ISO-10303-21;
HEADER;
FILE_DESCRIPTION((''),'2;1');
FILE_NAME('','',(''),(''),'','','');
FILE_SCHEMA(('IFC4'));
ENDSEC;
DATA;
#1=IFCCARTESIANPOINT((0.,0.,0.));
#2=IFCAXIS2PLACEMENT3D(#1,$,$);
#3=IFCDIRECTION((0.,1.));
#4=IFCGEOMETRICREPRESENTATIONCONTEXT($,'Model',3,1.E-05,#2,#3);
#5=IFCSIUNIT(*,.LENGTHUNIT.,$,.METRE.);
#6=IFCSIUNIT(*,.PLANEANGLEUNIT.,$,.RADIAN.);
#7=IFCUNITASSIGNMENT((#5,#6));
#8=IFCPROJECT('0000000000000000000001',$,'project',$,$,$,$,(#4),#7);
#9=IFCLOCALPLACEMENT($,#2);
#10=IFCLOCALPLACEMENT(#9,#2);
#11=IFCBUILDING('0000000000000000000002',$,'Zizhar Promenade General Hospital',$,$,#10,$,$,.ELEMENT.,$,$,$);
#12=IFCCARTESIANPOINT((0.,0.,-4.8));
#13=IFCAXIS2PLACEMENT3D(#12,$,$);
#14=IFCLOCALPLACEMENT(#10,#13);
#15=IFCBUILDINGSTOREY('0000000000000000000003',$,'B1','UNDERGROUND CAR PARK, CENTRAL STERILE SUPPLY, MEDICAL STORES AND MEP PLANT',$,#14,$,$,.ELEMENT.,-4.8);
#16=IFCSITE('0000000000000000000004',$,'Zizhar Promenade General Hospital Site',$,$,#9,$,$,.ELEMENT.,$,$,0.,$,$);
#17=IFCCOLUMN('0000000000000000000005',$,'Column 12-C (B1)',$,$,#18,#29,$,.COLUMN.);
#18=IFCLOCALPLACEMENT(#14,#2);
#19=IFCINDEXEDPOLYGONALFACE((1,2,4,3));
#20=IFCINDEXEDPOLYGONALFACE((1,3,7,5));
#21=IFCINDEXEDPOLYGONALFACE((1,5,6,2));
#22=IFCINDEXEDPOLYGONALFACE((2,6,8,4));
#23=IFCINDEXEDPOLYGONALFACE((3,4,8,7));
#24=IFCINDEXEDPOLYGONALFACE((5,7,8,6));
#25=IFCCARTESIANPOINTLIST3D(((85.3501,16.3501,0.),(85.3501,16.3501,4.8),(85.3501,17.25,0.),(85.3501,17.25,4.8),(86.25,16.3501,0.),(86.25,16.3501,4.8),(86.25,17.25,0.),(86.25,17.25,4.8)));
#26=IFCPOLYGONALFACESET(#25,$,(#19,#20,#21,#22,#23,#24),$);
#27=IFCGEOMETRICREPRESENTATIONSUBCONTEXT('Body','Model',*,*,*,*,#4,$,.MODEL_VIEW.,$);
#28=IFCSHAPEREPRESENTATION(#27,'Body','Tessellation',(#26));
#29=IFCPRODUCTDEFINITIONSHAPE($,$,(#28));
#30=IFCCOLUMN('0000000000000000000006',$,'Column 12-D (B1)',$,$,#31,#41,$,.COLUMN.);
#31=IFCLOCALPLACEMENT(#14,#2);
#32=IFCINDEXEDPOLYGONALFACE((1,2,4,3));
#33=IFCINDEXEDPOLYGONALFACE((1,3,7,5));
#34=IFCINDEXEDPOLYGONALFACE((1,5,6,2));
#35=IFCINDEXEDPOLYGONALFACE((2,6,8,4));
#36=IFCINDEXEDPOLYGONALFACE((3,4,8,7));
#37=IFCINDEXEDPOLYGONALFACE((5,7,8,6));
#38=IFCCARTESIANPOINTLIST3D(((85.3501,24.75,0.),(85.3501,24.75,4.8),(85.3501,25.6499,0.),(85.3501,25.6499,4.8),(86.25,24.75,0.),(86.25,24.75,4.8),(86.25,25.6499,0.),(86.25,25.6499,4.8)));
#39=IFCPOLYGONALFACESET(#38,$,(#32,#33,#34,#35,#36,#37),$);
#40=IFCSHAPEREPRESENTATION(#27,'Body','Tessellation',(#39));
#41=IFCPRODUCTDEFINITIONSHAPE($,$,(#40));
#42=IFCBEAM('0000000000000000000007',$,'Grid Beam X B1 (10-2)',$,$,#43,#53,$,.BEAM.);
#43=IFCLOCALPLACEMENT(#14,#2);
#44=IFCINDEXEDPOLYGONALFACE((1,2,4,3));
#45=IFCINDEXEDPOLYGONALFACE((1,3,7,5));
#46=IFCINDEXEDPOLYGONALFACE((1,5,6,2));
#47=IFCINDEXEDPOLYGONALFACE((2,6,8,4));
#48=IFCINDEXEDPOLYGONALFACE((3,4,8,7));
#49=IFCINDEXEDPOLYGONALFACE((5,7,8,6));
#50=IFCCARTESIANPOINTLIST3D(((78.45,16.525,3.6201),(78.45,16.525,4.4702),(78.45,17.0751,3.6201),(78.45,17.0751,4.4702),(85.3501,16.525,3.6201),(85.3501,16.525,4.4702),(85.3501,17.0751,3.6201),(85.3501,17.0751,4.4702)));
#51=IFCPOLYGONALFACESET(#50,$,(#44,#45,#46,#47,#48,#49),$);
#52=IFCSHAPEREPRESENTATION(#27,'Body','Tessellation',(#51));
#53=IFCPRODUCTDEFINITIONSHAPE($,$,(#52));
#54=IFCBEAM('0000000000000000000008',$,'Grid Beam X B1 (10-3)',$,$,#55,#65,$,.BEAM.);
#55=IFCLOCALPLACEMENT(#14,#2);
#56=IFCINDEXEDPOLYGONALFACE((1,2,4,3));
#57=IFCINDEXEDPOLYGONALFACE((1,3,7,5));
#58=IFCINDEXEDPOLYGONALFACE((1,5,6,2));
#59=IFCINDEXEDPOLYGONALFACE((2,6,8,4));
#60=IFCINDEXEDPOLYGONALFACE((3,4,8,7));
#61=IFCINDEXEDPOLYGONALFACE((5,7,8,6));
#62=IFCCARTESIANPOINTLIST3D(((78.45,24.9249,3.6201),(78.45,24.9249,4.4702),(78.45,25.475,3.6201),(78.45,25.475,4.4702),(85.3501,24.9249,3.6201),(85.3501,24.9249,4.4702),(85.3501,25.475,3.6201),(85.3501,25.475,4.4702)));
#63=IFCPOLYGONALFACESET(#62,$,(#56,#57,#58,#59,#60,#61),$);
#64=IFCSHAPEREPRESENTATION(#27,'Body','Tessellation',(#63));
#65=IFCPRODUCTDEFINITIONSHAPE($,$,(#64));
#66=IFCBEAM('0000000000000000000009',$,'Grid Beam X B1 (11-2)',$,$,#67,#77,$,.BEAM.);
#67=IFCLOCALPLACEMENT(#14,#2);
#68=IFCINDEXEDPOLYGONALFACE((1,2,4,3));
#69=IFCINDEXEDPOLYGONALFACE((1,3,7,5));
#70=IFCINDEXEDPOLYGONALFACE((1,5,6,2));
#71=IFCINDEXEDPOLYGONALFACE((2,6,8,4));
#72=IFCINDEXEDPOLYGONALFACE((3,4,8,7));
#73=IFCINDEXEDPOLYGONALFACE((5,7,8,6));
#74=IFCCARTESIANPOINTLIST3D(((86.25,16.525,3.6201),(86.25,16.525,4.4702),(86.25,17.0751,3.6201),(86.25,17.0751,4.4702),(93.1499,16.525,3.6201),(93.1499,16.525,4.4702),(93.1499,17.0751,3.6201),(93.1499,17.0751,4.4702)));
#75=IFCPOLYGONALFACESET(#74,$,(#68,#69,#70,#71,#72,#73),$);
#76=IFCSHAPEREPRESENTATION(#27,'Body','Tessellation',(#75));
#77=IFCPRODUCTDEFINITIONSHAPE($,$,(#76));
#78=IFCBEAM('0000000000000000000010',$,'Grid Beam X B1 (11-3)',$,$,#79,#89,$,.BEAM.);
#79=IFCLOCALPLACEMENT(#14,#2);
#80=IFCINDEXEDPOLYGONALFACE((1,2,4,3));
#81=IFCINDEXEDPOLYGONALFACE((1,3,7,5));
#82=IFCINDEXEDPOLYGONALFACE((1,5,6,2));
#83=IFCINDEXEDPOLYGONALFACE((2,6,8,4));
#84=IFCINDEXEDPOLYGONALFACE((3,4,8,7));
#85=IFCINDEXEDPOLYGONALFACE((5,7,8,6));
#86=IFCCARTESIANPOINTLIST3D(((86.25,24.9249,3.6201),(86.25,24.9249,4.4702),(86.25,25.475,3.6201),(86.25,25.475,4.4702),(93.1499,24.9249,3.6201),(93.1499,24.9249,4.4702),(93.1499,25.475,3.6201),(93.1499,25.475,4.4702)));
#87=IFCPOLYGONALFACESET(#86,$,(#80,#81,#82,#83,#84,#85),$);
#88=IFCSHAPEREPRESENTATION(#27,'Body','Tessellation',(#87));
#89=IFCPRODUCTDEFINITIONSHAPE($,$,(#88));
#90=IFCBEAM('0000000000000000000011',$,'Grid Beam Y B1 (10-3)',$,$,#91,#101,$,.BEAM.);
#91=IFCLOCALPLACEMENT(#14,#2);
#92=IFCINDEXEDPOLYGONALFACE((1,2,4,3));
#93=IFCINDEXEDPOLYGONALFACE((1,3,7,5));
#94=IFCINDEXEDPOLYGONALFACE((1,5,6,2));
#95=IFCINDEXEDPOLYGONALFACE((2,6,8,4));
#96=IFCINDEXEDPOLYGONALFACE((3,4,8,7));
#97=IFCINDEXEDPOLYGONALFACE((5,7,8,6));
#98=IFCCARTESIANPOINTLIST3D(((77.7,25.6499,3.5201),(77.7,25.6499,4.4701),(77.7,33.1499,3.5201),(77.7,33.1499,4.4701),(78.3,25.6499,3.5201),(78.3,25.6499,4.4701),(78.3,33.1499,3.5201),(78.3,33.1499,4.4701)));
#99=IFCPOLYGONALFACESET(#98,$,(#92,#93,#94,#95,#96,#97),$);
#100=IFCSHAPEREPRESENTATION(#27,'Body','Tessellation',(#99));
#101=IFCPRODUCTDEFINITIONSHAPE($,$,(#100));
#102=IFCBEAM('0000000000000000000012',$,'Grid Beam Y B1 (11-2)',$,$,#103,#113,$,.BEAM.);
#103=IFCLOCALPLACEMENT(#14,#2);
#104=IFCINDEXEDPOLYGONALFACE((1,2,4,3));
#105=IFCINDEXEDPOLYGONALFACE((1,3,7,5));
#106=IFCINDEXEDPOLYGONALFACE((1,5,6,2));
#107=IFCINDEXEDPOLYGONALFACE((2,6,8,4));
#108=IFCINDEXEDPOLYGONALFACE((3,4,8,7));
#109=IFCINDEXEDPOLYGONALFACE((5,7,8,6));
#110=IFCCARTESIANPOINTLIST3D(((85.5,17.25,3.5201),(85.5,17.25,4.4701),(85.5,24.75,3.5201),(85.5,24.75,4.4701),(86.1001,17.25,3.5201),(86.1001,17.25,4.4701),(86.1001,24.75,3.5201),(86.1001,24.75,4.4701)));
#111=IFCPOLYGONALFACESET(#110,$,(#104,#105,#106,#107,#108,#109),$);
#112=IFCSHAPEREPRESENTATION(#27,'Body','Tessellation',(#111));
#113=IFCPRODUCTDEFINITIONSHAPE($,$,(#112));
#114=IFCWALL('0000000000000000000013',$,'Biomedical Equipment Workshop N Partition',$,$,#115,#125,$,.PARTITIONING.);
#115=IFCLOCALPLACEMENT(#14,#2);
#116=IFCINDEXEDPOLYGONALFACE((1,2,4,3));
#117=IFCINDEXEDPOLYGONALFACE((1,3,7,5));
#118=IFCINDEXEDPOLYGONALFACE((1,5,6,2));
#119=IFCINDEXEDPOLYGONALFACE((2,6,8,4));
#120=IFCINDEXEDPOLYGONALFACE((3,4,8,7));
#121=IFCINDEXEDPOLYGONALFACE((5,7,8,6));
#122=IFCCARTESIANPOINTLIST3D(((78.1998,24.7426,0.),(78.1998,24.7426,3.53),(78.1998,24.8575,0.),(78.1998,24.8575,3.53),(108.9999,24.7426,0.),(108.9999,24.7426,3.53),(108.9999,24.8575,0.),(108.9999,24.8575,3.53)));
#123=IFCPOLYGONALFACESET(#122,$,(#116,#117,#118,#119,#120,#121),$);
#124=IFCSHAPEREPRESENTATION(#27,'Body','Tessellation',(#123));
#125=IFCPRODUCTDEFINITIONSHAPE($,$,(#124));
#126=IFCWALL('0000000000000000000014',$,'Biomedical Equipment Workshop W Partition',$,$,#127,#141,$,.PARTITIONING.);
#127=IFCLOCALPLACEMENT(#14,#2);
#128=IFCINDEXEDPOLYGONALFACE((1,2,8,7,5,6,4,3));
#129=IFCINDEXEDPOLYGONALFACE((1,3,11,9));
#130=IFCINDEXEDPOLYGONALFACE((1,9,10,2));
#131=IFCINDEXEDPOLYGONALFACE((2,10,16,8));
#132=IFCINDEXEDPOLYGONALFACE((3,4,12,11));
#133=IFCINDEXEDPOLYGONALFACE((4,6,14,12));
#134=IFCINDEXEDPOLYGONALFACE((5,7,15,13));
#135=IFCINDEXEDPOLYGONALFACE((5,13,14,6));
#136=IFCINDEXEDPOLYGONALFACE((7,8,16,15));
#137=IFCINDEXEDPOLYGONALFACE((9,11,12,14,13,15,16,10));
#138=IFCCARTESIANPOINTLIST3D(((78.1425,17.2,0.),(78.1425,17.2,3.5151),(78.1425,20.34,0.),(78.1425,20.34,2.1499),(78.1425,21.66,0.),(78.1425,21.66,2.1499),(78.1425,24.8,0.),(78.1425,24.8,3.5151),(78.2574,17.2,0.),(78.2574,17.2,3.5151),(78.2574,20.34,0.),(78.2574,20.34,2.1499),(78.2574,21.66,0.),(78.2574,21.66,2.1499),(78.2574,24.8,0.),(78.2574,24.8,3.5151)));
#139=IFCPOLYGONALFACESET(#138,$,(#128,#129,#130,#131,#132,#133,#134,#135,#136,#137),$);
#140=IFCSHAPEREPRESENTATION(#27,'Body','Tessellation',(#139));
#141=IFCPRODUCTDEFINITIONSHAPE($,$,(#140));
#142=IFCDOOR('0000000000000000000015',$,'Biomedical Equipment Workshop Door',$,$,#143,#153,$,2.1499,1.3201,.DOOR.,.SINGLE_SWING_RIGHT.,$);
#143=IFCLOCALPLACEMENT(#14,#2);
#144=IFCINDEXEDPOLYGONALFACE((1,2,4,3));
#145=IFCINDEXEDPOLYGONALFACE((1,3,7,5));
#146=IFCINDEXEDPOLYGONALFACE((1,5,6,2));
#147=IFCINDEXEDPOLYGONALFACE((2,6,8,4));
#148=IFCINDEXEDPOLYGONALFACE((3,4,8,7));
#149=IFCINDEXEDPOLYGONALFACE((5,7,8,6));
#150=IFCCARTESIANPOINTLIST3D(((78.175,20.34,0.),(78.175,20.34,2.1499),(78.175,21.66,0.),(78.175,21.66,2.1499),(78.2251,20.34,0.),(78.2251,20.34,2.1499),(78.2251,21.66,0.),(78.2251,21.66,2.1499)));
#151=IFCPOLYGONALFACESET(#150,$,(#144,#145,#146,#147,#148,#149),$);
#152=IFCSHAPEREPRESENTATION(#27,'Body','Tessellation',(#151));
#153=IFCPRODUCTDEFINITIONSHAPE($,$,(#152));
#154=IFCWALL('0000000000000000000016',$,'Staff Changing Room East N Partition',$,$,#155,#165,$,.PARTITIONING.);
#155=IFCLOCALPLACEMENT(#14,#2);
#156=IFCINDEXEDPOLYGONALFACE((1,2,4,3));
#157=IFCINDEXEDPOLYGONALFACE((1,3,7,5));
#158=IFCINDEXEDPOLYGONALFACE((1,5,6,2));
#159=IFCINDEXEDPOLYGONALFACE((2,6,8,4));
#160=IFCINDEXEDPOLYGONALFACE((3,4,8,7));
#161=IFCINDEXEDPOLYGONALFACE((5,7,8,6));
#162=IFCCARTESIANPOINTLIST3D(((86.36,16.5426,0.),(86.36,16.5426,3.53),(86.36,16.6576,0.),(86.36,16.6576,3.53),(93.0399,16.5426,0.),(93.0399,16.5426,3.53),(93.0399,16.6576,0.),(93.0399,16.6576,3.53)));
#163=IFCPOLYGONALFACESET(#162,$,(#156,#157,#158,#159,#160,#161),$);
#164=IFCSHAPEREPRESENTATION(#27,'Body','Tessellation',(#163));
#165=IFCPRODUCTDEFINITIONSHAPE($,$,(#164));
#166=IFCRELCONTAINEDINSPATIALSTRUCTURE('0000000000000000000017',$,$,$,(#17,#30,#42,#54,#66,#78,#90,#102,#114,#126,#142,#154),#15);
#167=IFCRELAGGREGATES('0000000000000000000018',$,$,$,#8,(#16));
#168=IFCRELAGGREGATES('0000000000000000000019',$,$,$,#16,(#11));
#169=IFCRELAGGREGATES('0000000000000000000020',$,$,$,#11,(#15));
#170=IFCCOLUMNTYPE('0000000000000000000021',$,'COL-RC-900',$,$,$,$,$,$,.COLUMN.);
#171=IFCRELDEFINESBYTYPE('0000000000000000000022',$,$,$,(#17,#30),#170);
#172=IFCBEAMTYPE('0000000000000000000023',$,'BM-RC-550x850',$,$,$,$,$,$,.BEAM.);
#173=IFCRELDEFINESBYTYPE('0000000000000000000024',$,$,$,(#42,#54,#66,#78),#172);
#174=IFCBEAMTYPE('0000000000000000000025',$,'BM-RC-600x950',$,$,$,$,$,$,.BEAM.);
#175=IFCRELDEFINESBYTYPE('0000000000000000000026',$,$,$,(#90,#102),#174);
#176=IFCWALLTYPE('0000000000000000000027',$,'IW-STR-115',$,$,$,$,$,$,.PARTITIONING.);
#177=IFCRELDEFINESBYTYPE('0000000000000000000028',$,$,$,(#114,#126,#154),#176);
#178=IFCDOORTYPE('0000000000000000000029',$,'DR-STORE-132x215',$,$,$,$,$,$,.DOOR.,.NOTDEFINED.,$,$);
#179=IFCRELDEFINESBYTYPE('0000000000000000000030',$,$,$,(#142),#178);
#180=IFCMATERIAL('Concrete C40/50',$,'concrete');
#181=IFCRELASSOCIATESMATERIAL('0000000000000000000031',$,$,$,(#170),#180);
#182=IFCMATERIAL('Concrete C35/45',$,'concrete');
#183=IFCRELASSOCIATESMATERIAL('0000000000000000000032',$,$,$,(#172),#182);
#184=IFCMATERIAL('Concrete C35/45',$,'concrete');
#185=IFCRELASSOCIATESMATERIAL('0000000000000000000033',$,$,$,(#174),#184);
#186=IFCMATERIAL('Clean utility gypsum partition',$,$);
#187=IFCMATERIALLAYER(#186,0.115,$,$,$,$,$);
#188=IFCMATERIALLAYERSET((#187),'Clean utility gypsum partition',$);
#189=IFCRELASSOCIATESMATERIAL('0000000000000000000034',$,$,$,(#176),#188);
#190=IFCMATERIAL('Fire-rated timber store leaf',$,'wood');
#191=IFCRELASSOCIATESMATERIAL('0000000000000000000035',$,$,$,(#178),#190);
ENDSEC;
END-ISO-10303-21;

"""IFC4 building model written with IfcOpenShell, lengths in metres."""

from ifc_helpers import new_model, si_unit, direction, frame, frame_2d, origin, origin_2d, place, context, subcontext, project, spatial, rectangle, extrude, material, layer, layer_set, material_profile, profile_set, type_object, element, fill, save


model = new_model("IFC4")

# Units and contexts
model_context = context("Model", 3, precision=1e-05, world=origin(), true_north=direction((0.0, 1.0)))
body_context = subcontext(model_context, "Body", "Model", "MODEL_VIEW")
ifc_project = project(units=[si_unit("LENGTHUNIT", "METRE"), si_unit("PLANEANGLEUNIT", "RADIAN")], contexts=[model_context])

# Site, building, storey
site_placement = place(None, origin())
site = spatial("IfcSite", under=ifc_project, at=site_placement, Name="Zizhar Promenade General Hospital Site", CompositionType="ELEMENT", RefElevation=0.0)
building_placement = place(site_placement, origin())
building = spatial("IfcBuilding", under=site, at=building_placement, Name="Zizhar Promenade General Hospital", CompositionType="ELEMENT")
storey_placement = place(building_placement, frame((0.0, 0.0, -4.8)))
storey = spatial("IfcBuildingStorey", under=building, at=storey_placement, Name="B1", Description="UNDERGROUND CAR PARK, CENTRAL STERILE SUPPLY, MEDICAL STORES AND MEP PLANT", CompositionType="ELEMENT", Elevation=-4.8)

# Columns
ifc_material_1 = material(Name="Concrete C40/50", Category="concrete")
ifc_material_profile_1 = material_profile(ifc_material_1, rectangle(XDim=0.8999, YDim=0.8999, at=origin_2d()))
ifc_profile_set_1 = profile_set([ifc_material_profile_1], Name="Concrete C40/50")
column_type = type_object("IfcColumnType", Name="COL-RC-900", PredefinedType="COLUMN", material=ifc_profile_set_1)
for number, where, z_axis, x_axis, name in (
    (1, (85.8, 16.8, 0.0), (0.0, 0.0, 1.0), (1.0, 0.0, 0.0), "Column 12-C (B1)"),
    (2, (85.8, 25.2, 0.0), (0.0, 0.0, 1.0), (1.0, 0.0, 0.0), "Column 12-D (B1)"),
):
    element("IfcColumn", number, at=place(storey_placement, frame(where, z_axis=z_axis, x_axis=x_axis)), inside=storey, type_object=column_type, Name=name, PredefinedType="COLUMN", context=body_context, shape_type="SweptSolid", body=[
        extrude(rectangle(XDim=0.8999, YDim=0.8999, at=origin_2d()), origin(), (0.0, 0.0, 1.0), 4.8),
    ])

# Beams
ifc_material_2 = material(Name="Concrete C35/45", Category="concrete")
ifc_material_profile_2 = material_profile(ifc_material_2, rectangle(XDim=0.55, YDim=0.8501, at=origin_2d()))
ifc_profile_set_2 = profile_set([ifc_material_profile_2], Name="Concrete C35/45")
beam_type_1 = type_object("IfcBeamType", Name="BM-RC-550x850", PredefinedType="BEAM", material=ifc_profile_set_2)
for number, where, z_axis, x_axis, name in (
    (3, (78.45, 16.8, 4.0452), (1.0, 0.0, 0.0), (0.0, 1.0, 0.0), "Grid Beam X B1 (10-2)"),
    (4, (78.45, 25.2, 4.0452), (1.0, 0.0, 0.0), (0.0, 1.0, 0.0), "Grid Beam X B1 (10-3)"),
):
    element("IfcBeam", number, at=place(storey_placement, frame(where, z_axis=z_axis, x_axis=x_axis)), inside=storey, type_object=beam_type_1, Name=name, PredefinedType="BEAM", context=body_context, shape_type="SweptSolid", body=[
        extrude(rectangle(XDim=0.55, YDim=0.8501, at=origin_2d()), origin(), (0.0, 0.0, 1.0), 6.9001),
    ])
for number, where, z_axis, x_axis, name in (
    (5, (86.25, 16.8, 4.0452), (1.0, 0.0, 0.0), (0.0, 1.0, 0.0), "Grid Beam X B1 (11-2)"),
    (6, (86.25, 25.2, 4.0452), (1.0, 0.0, 0.0), (0.0, 1.0, 0.0), "Grid Beam X B1 (11-3)"),
):
    element("IfcBeam", number, at=place(storey_placement, frame(where, z_axis=z_axis, x_axis=x_axis)), inside=storey, type_object=beam_type_1, Name=name, PredefinedType="BEAM", context=body_context, shape_type="SweptSolid", body=[
        extrude(rectangle(XDim=0.55, YDim=0.8501, at=origin_2d()), origin(), (0.0, 0.0, 1.0), 6.8999),
    ])
ifc_material_3 = material(Name="Concrete C35/45", Category="concrete")
ifc_material_profile_3 = material_profile(ifc_material_3, rectangle(XDim=0.6001, YDim=0.95, at=origin_2d()))
ifc_profile_set_3 = profile_set([ifc_material_profile_3], Name="Concrete C35/45")
beam_type_2 = type_object("IfcBeamType", Name="BM-RC-600x950", PredefinedType="BEAM", material=ifc_profile_set_3)
for number, where, z_axis, x_axis, name in (
    (7, (78.0, 25.6499, 3.9951), (0.0, 1.0, 0.0), (-1.0, 0.0, 0.0), "Grid Beam Y B1 (10-3)"),
    (8, (85.8, 17.25, 3.9951), (0.0, 1.0, 0.0), (-1.0, 0.0, 0.0), "Grid Beam Y B1 (11-2)"),
):
    element("IfcBeam", number, at=place(storey_placement, frame(where, z_axis=z_axis, x_axis=x_axis)), inside=storey, type_object=beam_type_2, Name=name, PredefinedType="BEAM", context=body_context, shape_type="SweptSolid", body=[
        extrude(rectangle(XDim=0.6001, YDim=0.95, at=origin_2d()), origin(), (0.0, 0.0, 1.0), 7.5),
    ])

# Wall
ifc_material_4 = material(Name="Clean utility gypsum partition")
ifc_layer = layer(ifc_material_4, 0.115)
ifc_layer_set = layer_set([ifc_layer], Name="Clean utility gypsum partition")
wall_type = type_object("IfcWallType", Name="IW-STR-115", PredefinedType="PARTITIONING", material=ifc_layer_set)
wall_1_placement = place(storey_placement, frame((78.2, 24.8, 0.0), z_axis=(0.0, 0.0, 1.0), x_axis=(1.0, 0.0, 0.0)))
element("IfcWall", 9, at=wall_1_placement, inside=storey, type_object=wall_type, Name="Biomedical Equipment Workshop N Partition", PredefinedType="PARTITIONING", context=body_context, shape_type="SweptSolid", body=[
    extrude(rectangle(XDim=30.8, YDim=0.115, at=frame_2d((15.3999, 0.0))), origin(), (0.0, 0.0, 1.0), 3.53),
])

# Wall, opening, door
wall_2_placement = place(storey_placement, frame((78.2, 17.2, 0.0), z_axis=(0.0, 0.0, 1.0), x_axis=(0.0, 1.0, 0.0)))
wall_2 = element("IfcWall", 10, at=wall_2_placement, inside=storey, type_object=wall_type, Name="Biomedical Equipment Workshop W Partition", PredefinedType="PARTITIONING", context=body_context, shape_type="SweptSolid", body=[
    extrude(rectangle(XDim=7.6001, YDim=0.115, at=frame_2d((3.8, 0.0))), origin(), (0.0, 0.0, 1.0), 3.5151),
])
opening_placement = place(wall_2_placement, frame((3.1399, 0.0, 0.0)))
opening = element("IfcOpeningElement", 11, at=opening_placement, cuts=wall_2, PredefinedType="OPENING", context=body_context, shape_type="SweptSolid", body=[
    extrude(rectangle(XDim=1.3201, YDim=2.1499, at=frame_2d((0.6602, 1.075))), frame((0.0, 0.0674, 0.0), z_axis=(0.0, -1.0, 0.0), x_axis=(1.0, 0.0, 0.0)), (0.0, 0.0, 1.0), 0.135),
])
ifc_material_5 = material(Name="Fire-rated timber store leaf", Category="wood")
door_type = type_object("IfcDoorType", Name="DR-STORE-132x215", OperationType="NOTDEFINED", PredefinedType="DOOR", material=ifc_material_5)
door_placement = place(opening_placement, origin())
door = element("IfcDoor", 12, at=door_placement, inside=storey, type_object=door_type, Name="Biomedical Equipment Workshop Door", OperationType="SINGLE_SWING_RIGHT", OverallHeight=2.1499, OverallWidth=1.3201, PredefinedType="DOOR", context=body_context, shape_type="SweptSolid", body=[
    extrude(rectangle(XDim=1.3201, YDim=2.1499, at=frame_2d((0.6602, 1.075))), frame((0.0, 0.0249, 0.0), z_axis=(0.0, -1.0, 0.0), x_axis=(1.0, 0.0, 0.0)), (0.0, 0.0, 1.0), 0.05),
])
fill(opening, door)

# Wall
wall_3_placement = place(storey_placement, frame((86.3601, 16.6001, 0.0), z_axis=(0.0, 0.0, 1.0), x_axis=(1.0, 0.0, 0.0)))
element("IfcWall", 13, at=wall_3_placement, inside=storey, type_object=wall_type, Name="Staff Changing Room East N Partition", PredefinedType="PARTITIONING", context=body_context, shape_type="SweptSolid", body=[
    extrude(rectangle(XDim=6.6799, YDim=0.115, at=frame_2d((3.3398, 0.0))), origin(), (0.0, 0.0, 1.0), 3.53),
])

save(model, "model.ifc")
